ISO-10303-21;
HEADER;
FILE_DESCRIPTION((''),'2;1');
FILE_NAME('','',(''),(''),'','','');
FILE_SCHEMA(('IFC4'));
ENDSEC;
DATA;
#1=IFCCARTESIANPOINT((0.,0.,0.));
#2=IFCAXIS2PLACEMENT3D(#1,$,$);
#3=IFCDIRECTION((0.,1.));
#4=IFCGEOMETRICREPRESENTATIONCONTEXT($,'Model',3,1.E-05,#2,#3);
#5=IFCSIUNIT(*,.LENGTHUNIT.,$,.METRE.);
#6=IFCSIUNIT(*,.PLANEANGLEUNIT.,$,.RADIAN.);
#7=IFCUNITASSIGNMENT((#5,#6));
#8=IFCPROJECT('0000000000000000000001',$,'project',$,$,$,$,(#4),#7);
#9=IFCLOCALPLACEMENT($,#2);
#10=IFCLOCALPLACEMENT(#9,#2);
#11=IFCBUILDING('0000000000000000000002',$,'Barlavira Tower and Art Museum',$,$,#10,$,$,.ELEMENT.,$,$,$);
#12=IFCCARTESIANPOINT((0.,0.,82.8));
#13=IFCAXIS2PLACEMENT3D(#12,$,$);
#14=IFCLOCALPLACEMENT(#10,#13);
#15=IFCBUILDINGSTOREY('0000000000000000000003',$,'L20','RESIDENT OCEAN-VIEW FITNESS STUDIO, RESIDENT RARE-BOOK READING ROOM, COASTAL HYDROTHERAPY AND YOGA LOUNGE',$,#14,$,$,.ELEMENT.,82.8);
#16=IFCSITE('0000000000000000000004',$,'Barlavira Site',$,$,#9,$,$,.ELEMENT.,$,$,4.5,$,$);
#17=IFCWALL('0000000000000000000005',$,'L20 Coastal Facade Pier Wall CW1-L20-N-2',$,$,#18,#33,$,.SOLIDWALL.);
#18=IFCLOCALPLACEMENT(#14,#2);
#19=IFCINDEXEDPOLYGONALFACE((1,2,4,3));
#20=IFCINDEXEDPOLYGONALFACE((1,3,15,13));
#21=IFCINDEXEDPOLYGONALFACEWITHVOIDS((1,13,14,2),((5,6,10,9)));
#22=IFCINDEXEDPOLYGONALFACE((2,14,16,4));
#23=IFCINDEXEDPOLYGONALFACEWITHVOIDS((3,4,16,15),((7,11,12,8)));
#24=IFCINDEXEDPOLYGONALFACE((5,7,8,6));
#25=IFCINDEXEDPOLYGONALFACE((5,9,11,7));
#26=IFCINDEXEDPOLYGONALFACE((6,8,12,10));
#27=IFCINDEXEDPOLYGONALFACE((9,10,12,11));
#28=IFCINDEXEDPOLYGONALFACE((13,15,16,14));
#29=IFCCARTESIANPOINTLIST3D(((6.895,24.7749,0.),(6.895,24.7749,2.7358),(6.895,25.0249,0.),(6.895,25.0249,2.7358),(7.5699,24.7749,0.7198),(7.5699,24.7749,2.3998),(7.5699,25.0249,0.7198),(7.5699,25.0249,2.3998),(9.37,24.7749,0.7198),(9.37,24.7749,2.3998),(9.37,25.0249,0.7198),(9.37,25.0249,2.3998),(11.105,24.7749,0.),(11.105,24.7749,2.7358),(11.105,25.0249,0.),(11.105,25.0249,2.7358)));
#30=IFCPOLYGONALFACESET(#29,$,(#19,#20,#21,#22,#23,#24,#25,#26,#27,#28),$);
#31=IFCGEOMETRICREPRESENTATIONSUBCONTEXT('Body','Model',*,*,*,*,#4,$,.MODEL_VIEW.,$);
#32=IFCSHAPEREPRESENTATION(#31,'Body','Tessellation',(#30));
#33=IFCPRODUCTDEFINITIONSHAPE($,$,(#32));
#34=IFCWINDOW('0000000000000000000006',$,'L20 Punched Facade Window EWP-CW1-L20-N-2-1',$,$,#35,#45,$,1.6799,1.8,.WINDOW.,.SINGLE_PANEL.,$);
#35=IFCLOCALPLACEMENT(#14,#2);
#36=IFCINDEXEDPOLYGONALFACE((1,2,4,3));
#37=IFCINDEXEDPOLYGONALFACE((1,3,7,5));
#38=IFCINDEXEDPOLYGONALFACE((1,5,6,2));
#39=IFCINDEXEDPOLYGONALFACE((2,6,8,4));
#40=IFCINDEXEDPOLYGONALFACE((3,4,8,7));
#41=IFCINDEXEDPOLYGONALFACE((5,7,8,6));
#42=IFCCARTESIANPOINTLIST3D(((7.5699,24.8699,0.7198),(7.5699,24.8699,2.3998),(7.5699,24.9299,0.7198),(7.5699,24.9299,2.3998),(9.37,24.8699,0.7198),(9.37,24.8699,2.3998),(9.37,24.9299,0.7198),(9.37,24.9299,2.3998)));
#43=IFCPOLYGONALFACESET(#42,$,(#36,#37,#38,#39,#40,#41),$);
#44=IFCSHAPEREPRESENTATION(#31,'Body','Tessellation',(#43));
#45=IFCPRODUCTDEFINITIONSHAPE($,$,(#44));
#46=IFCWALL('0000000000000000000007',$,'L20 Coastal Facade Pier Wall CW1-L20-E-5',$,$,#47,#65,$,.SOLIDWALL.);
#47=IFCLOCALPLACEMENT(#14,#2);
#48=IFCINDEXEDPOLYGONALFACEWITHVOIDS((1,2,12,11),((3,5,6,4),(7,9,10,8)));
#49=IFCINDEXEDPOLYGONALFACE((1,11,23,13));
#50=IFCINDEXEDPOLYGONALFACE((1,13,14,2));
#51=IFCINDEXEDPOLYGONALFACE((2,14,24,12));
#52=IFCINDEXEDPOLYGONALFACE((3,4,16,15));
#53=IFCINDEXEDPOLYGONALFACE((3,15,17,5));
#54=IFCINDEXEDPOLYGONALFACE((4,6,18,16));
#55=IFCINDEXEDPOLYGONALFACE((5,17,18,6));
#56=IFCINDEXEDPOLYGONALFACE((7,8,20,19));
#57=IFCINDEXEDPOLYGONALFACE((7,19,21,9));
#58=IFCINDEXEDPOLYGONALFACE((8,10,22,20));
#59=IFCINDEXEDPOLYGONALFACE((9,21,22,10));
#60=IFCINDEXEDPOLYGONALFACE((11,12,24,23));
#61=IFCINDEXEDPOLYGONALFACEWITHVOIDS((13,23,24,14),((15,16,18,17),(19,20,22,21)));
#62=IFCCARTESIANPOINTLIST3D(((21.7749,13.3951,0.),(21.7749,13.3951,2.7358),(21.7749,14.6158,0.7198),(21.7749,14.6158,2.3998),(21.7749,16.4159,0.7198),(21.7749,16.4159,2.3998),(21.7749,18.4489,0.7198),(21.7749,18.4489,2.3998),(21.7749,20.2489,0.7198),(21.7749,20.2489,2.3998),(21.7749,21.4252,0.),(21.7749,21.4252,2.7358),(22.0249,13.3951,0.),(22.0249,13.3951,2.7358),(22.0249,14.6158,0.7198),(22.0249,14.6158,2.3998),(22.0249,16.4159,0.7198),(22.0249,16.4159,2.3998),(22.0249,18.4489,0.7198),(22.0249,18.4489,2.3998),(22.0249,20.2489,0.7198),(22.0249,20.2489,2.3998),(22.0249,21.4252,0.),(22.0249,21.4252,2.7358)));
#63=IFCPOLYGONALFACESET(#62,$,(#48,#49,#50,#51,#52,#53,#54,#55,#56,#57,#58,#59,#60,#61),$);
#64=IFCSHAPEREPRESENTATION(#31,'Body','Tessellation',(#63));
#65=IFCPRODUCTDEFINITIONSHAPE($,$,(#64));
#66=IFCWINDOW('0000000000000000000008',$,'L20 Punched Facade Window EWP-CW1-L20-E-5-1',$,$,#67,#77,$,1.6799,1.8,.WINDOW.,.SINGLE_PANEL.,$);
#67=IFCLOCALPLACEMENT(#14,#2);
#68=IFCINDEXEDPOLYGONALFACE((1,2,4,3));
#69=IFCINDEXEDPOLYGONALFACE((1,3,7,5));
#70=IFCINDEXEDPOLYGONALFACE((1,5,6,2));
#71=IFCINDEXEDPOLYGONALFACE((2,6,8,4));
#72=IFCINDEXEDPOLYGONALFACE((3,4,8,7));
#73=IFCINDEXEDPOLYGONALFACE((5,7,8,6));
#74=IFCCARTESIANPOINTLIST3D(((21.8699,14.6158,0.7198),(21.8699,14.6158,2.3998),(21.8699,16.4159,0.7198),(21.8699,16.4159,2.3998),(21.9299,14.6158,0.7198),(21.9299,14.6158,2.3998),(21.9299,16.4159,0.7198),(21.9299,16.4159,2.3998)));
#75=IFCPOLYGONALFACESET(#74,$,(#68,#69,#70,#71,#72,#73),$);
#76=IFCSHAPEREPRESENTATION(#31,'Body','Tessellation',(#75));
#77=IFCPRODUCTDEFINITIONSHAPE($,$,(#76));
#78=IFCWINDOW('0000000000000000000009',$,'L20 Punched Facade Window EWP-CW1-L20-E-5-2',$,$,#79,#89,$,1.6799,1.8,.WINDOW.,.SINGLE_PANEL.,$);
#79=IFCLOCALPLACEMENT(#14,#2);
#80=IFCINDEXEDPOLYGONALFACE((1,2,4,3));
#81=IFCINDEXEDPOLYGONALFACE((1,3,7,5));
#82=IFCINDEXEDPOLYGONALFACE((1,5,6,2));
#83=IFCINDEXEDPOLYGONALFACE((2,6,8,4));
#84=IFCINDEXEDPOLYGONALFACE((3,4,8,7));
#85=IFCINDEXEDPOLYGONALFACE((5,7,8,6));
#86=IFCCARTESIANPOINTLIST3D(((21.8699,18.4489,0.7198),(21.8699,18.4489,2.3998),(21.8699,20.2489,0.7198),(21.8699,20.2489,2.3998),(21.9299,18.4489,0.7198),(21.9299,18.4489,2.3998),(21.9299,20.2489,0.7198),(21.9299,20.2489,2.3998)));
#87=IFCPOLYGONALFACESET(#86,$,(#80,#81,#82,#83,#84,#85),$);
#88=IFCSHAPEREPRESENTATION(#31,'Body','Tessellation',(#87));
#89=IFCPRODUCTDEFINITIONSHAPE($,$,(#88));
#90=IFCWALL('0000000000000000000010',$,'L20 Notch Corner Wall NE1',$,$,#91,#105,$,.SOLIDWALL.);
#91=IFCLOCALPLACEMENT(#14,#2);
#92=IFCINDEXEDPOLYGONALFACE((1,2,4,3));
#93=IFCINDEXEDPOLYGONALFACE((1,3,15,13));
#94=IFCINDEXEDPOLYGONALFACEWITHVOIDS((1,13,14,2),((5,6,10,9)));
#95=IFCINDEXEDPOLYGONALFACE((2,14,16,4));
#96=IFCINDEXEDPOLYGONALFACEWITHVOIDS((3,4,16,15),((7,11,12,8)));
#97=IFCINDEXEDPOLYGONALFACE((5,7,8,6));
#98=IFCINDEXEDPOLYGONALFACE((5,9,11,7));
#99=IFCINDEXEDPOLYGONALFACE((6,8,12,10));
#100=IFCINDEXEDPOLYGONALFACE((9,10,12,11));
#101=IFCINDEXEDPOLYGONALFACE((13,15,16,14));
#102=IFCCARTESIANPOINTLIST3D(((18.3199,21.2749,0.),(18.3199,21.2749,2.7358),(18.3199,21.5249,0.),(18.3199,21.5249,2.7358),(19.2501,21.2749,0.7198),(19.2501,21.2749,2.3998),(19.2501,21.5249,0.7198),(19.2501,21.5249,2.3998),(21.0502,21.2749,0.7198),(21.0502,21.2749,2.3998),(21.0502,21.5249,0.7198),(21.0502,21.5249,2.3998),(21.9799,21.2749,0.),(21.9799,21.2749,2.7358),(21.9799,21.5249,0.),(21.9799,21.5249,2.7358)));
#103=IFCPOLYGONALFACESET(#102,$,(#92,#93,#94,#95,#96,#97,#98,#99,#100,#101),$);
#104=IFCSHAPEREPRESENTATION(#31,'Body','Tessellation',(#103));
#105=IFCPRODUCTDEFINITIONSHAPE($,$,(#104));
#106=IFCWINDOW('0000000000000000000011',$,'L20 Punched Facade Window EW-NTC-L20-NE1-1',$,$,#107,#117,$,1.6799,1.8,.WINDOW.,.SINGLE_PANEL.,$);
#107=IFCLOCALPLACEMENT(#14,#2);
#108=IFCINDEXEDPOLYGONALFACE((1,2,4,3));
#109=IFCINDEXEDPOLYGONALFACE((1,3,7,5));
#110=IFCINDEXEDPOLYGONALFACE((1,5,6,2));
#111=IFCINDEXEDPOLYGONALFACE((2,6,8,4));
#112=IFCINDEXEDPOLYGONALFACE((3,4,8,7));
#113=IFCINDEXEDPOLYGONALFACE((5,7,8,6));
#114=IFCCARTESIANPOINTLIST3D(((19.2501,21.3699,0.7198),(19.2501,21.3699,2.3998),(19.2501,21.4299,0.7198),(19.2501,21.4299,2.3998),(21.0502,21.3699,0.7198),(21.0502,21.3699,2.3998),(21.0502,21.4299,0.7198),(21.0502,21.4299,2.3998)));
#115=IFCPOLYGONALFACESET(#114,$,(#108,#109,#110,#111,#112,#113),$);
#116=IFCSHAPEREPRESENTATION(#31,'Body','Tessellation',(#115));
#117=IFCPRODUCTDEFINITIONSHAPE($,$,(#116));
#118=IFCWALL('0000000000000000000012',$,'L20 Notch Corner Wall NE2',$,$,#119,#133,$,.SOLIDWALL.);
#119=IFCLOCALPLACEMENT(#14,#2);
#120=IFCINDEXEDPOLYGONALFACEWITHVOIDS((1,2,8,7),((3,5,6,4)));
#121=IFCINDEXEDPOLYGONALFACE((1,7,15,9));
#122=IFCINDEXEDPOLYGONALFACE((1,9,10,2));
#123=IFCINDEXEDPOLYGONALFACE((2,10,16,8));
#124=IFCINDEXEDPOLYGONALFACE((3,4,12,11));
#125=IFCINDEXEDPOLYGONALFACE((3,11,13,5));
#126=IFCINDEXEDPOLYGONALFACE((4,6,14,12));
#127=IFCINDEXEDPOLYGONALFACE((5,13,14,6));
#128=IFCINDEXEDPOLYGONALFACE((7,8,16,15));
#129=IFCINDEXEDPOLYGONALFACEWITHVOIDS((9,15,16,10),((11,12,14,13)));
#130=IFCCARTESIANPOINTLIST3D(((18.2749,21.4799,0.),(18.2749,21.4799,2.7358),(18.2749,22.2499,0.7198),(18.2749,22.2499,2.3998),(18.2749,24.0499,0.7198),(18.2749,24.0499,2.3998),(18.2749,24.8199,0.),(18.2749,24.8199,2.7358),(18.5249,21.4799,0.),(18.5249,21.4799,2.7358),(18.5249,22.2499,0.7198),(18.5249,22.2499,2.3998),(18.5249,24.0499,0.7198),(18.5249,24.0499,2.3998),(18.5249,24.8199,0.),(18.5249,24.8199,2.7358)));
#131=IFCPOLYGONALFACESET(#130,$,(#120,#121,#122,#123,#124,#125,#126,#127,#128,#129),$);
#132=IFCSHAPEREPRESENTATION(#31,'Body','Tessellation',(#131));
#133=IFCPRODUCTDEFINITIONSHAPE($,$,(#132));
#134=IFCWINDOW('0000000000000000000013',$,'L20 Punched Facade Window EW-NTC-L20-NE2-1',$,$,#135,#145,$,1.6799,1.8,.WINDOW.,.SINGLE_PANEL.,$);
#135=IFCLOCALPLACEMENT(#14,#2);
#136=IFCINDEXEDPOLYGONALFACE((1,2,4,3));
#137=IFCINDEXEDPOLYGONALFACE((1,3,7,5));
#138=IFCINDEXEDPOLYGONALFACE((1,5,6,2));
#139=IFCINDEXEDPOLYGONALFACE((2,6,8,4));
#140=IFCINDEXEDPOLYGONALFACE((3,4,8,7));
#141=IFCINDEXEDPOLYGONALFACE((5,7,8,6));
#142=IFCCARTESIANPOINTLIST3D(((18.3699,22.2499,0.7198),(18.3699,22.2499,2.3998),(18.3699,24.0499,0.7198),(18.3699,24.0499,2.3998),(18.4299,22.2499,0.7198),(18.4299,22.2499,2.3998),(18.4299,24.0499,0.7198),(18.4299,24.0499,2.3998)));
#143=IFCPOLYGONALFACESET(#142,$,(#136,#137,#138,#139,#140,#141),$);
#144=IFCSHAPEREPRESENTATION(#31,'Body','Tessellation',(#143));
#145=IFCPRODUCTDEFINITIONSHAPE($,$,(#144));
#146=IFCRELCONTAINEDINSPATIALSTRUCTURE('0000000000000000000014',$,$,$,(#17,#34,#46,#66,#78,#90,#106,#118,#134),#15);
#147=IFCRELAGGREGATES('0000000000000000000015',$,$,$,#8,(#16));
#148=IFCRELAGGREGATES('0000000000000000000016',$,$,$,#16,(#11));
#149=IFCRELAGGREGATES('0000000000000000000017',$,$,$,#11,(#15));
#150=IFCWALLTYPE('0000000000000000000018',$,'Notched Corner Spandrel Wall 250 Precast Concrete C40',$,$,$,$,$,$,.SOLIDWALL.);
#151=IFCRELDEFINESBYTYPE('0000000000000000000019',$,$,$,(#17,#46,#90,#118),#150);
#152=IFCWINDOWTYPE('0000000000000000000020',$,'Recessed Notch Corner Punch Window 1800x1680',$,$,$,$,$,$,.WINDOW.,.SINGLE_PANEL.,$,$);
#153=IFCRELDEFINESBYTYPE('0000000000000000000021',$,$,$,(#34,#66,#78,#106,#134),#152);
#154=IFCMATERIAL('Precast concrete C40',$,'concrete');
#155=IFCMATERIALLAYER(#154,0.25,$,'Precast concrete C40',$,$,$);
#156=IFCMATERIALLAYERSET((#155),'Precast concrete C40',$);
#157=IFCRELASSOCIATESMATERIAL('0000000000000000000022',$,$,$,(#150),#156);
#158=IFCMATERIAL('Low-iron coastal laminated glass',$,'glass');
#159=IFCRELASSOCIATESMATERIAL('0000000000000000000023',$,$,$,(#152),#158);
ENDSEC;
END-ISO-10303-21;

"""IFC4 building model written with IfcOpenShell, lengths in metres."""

from ifc_helpers import new_model, si_unit, direction, frame, frame_2d, origin, place, context, subcontext, project, spatial, rectangle, extrude, material, layer, layer_set, type_object, element, fill, save


model = new_model("IFC4")

# Units and contexts
model_context = context("Model", 3, precision=1e-05, world=origin(), true_north=direction((0.0, 1.0)))
body_context = subcontext(model_context, "Body", "Model", "MODEL_VIEW")
ifc_project = project(units=[si_unit("LENGTHUNIT", "METRE"), si_unit("PLANEANGLEUNIT", "RADIAN")], contexts=[model_context])

# Site, building, storey
site_placement = place(None, origin())
site = spatial("IfcSite", under=ifc_project, at=site_placement, Name="Barlavira Site", CompositionType="ELEMENT", RefElevation=4.5)
building_placement = place(site_placement, origin())
building = spatial("IfcBuilding", under=site, at=building_placement, Name="Barlavira Tower and Art Museum", CompositionType="ELEMENT")
storey_placement = place(building_placement, frame((0.0, 0.0, 82.8)))
storey = spatial("IfcBuildingStorey", under=building, at=storey_placement, Name="L20", Description="RESIDENT OCEAN-VIEW FITNESS STUDIO, RESIDENT RARE-BOOK READING ROOM, COASTAL HYDROTHERAPY AND YOGA LOUNGE", CompositionType="ELEMENT", Elevation=82.8)

# Shared definitions
ifc_material_1 = material(Name="Precast concrete C40", Category="concrete")
ifc_layer_1 = layer(ifc_material_1, 0.25, Name="Precast concrete C40")
ifc_layer_set_1 = layer_set([ifc_layer_1], Name="Precast concrete C40")
wall_type_1 = type_object("IfcWallType", Name="Notched Corner Spandrel Wall 250 Precast Concrete C40", PredefinedType="SOLIDWALL", material=ifc_layer_set_1)
ifc_material_2 = material(Name="Low-iron coastal laminated glass", Category="glass")
window_type = type_object("IfcWindowType", Name="Recessed Notch Corner Punch Window 1800x1680", PartitioningType="SINGLE_PANEL", PredefinedType="WINDOW", material=ifc_material_2)

# Wall, opening, window
wall_1_placement = place(storey_placement, frame((11.105, 24.8999, 0.0), z_axis=(0.0, 0.0, 1.0), x_axis=(-1.0, 0.0, 0.0)))
wall_1 = element("IfcWall", 1, at=wall_1_placement, inside=storey, type_object=wall_type_1, Name="L20 Coastal Facade Pier Wall CW1-L20-N-2", PredefinedType="SOLIDWALL", context=body_context, shape_type="SweptSolid", body=[
    extrude(rectangle(XDim=4.21, YDim=0.25, at=frame_2d((2.105, 0.0))), origin(), (0.0, 0.0, 1.0), 2.7358),
])
opening_1_placement = place(wall_1_placement, frame((1.7351, 0.0, 0.72)))
opening_1 = element("IfcOpeningElement", 2, at=opening_1_placement, cuts=wall_1, PredefinedType="OPENING", context=body_context, shape_type="SweptSolid", body=[
    extrude(rectangle(XDim=1.8, YDim=1.6799, at=frame_2d((0.8999, 0.8398))), frame((0.0, 0.135, 0.0), z_axis=(0.0, -1.0, 0.0), x_axis=(1.0, 0.0, 0.0)), (0.0, 0.0, 1.0), 0.27),
])
window_1_placement = place(opening_1_placement, origin())
window_1 = element("IfcWindow", 3, at=window_1_placement, inside=storey, type_object=window_type, Name="L20 Punched Facade Window EWP-CW1-L20-N-2-1", OverallHeight=1.6799, OverallWidth=1.8, PartitioningType="SINGLE_PANEL", PredefinedType="WINDOW", context=body_context, shape_type="SweptSolid", body=[
    extrude(rectangle(XDim=1.8, YDim=1.6799, at=frame_2d((0.8999, 0.8398))), frame((0.0, 0.03, 0.0), z_axis=(0.0, -1.0, 0.0), x_axis=(1.0, 0.0, 0.0)), (0.0, 0.0, 1.0), 0.0601),
])
fill(opening_1, window_1)

# Wall, openings, windows
wall_2_placement = place(storey_placement, frame((21.8999, 13.395, 0.0), z_axis=(0.0, 0.0, 1.0), x_axis=(0.0, 1.0, 0.0)))
wall_2 = element("IfcWall", 4, at=wall_2_placement, inside=storey, type_object=wall_type_1, Name="L20 Coastal Facade Pier Wall CW1-L20-E-5", PredefinedType="SOLIDWALL", context=body_context, shape_type="SweptSolid", body=[
    extrude(rectangle(XDim=8.03, YDim=0.25, at=frame_2d((4.0151, 0.0))), origin(), (0.0, 0.0, 1.0), 2.7358),
])
opening_2_placement = place(wall_2_placement, frame((1.2209, 0.0, 0.72)))
opening_2 = element("IfcOpeningElement", 5, at=opening_2_placement, cuts=wall_2, PredefinedType="OPENING", context=body_context, shape_type="SweptSolid", body=[
    extrude(rectangle(XDim=1.8, YDim=1.6799, at=frame_2d((0.8999, 0.8398))), frame((0.0, 0.135, 0.0), z_axis=(0.0, -1.0, 0.0), x_axis=(1.0, 0.0, 0.0)), (0.0, 0.0, 1.0), 0.27),
])
opening_3_placement = place(wall_2_placement, frame((5.054, 0.0, 0.72)))
opening_3 = element("IfcOpeningElement", 6, at=opening_3_placement, cuts=wall_2, PredefinedType="OPENING", context=body_context, shape_type="SweptSolid", body=[
    extrude(rectangle(XDim=1.8, YDim=1.6799, at=frame_2d((0.8999, 0.8398))), frame((0.0, 0.135, 0.0), z_axis=(0.0, -1.0, 0.0), x_axis=(1.0, 0.0, 0.0)), (0.0, 0.0, 1.0), 0.27),
])
window_2_placement = place(opening_2_placement, origin())
window_2 = element("IfcWindow", 7, at=window_2_placement, inside=storey, type_object=window_type, Name="L20 Punched Facade Window EWP-CW1-L20-E-5-1", OverallHeight=1.6799, OverallWidth=1.8, PartitioningType="SINGLE_PANEL", PredefinedType="WINDOW", context=body_context, shape_type="SweptSolid", body=[
    extrude(rectangle(XDim=1.8, YDim=1.6799, at=frame_2d((0.8999, 0.8398))), frame((0.0, 0.03, 0.0), z_axis=(0.0, -1.0, 0.0), x_axis=(1.0, 0.0, 0.0)), (0.0, 0.0, 1.0), 0.0601),
])
fill(opening_2, window_2)
window_3_placement = place(opening_3_placement, origin())
window_3 = element("IfcWindow", 8, at=window_3_placement, inside=storey, type_object=window_type, Name="L20 Punched Facade Window EWP-CW1-L20-E-5-2", OverallHeight=1.6799, OverallWidth=1.8, PartitioningType="SINGLE_PANEL", PredefinedType="WINDOW", context=body_context, shape_type="SweptSolid", body=[
    extrude(rectangle(XDim=1.8, YDim=1.6799, at=frame_2d((0.8999, 0.8398))), frame((0.0, 0.03, 0.0), z_axis=(0.0, -1.0, 0.0), x_axis=(1.0, 0.0, 0.0)), (0.0, 0.0, 1.0), 0.0601),
])
fill(opening_3, window_3)

# Walls, openings, windows
wall_3_placement = place(storey_placement, frame((21.98, 21.3999, 0.0), z_axis=(0.0, 0.0, 1.0), x_axis=(-1.0, 0.0, 0.0)))
wall_3 = element("IfcWall", 9, at=wall_3_placement, inside=storey, type_object=wall_type_1, Name="L20 Notch Corner Wall NE1", PredefinedType="SOLIDWALL", context=body_context, shape_type="SweptSolid", body=[
    extrude(rectangle(XDim=3.6599, YDim=0.25, at=frame_2d((1.8301, 0.0))), origin(), (0.0, 0.0, 1.0), 2.7358),
])
opening_4_placement = place(wall_3_placement, frame((0.9299, 0.0, 0.72)))
opening_4 = element("IfcOpeningElement", 10, at=opening_4_placement, cuts=wall_3, PredefinedType="OPENING", context=body_context, shape_type="SweptSolid", body=[
    extrude(rectangle(XDim=1.8, YDim=1.6799, at=frame_2d((0.8999, 0.8398))), frame((0.0, 0.135, 0.0), z_axis=(0.0, -1.0, 0.0), x_axis=(1.0, 0.0, 0.0)), (0.0, 0.0, 1.0), 0.27),
])
window_4_placement = place(opening_4_placement, origin())
window_4 = element("IfcWindow", 11, at=window_4_placement, inside=storey, type_object=window_type, Name="L20 Punched Facade Window EW-NTC-L20-NE1-1", OverallHeight=1.6799, OverallWidth=1.8, PartitioningType="SINGLE_PANEL", PredefinedType="WINDOW", context=body_context, shape_type="SweptSolid", body=[
    extrude(rectangle(XDim=1.8, YDim=1.6799, at=frame_2d((0.8999, 0.8398))), frame((0.0, 0.03, 0.0), z_axis=(0.0, -1.0, 0.0), x_axis=(1.0, 0.0, 0.0)), (0.0, 0.0, 1.0), 0.0601),
])
fill(opening_4, window_4)
wall_4_placement = place(storey_placement, frame((18.3999, 21.48, 0.0), z_axis=(0.0, 0.0, 1.0), x_axis=(0.0, 1.0, 0.0)))
wall_4 = element("IfcWall", 12, at=wall_4_placement, inside=storey, type_object=wall_type_1, Name="L20 Notch Corner Wall NE2", PredefinedType="SOLIDWALL", context=body_context, shape_type="SweptSolid", body=[
    extrude(rectangle(XDim=3.3401, YDim=0.25, at=frame_2d((1.6699, 0.0))), origin(), (0.0, 0.0, 1.0), 2.7358),
])
opening_5_placement = place(wall_4_placement, frame((0.77, 0.0, 0.72)))
opening_5 = element("IfcOpeningElement", 13, at=opening_5_placement, cuts=wall_4, PredefinedType="OPENING", context=body_context, shape_type="SweptSolid", body=[
    extrude(rectangle(XDim=1.8, YDim=1.6799, at=frame_2d((0.8999, 0.8398))), frame((0.0, 0.135, 0.0), z_axis=(0.0, -1.0, 0.0), x_axis=(1.0, 0.0, 0.0)), (0.0, 0.0, 1.0), 0.27),
])
window_5_placement = place(opening_5_placement, origin())
window_5 = element("IfcWindow", 14, at=window_5_placement, inside=storey, type_object=window_type, Name="L20 Punched Facade Window EW-NTC-L20-NE2-1", OverallHeight=1.6799, OverallWidth=1.8, PartitioningType="SINGLE_PANEL", PredefinedType="WINDOW", context=body_context, shape_type="SweptSolid", body=[
    extrude(rectangle(XDim=1.8, YDim=1.6799, at=frame_2d((0.8999, 0.8398))), frame((0.0, 0.03, 0.0), z_axis=(0.0, -1.0, 0.0), x_axis=(1.0, 0.0, 0.0)), (0.0, 0.0, 1.0), 0.0601),
])
fill(opening_5, window_5)

save(model, "model.ifc")
